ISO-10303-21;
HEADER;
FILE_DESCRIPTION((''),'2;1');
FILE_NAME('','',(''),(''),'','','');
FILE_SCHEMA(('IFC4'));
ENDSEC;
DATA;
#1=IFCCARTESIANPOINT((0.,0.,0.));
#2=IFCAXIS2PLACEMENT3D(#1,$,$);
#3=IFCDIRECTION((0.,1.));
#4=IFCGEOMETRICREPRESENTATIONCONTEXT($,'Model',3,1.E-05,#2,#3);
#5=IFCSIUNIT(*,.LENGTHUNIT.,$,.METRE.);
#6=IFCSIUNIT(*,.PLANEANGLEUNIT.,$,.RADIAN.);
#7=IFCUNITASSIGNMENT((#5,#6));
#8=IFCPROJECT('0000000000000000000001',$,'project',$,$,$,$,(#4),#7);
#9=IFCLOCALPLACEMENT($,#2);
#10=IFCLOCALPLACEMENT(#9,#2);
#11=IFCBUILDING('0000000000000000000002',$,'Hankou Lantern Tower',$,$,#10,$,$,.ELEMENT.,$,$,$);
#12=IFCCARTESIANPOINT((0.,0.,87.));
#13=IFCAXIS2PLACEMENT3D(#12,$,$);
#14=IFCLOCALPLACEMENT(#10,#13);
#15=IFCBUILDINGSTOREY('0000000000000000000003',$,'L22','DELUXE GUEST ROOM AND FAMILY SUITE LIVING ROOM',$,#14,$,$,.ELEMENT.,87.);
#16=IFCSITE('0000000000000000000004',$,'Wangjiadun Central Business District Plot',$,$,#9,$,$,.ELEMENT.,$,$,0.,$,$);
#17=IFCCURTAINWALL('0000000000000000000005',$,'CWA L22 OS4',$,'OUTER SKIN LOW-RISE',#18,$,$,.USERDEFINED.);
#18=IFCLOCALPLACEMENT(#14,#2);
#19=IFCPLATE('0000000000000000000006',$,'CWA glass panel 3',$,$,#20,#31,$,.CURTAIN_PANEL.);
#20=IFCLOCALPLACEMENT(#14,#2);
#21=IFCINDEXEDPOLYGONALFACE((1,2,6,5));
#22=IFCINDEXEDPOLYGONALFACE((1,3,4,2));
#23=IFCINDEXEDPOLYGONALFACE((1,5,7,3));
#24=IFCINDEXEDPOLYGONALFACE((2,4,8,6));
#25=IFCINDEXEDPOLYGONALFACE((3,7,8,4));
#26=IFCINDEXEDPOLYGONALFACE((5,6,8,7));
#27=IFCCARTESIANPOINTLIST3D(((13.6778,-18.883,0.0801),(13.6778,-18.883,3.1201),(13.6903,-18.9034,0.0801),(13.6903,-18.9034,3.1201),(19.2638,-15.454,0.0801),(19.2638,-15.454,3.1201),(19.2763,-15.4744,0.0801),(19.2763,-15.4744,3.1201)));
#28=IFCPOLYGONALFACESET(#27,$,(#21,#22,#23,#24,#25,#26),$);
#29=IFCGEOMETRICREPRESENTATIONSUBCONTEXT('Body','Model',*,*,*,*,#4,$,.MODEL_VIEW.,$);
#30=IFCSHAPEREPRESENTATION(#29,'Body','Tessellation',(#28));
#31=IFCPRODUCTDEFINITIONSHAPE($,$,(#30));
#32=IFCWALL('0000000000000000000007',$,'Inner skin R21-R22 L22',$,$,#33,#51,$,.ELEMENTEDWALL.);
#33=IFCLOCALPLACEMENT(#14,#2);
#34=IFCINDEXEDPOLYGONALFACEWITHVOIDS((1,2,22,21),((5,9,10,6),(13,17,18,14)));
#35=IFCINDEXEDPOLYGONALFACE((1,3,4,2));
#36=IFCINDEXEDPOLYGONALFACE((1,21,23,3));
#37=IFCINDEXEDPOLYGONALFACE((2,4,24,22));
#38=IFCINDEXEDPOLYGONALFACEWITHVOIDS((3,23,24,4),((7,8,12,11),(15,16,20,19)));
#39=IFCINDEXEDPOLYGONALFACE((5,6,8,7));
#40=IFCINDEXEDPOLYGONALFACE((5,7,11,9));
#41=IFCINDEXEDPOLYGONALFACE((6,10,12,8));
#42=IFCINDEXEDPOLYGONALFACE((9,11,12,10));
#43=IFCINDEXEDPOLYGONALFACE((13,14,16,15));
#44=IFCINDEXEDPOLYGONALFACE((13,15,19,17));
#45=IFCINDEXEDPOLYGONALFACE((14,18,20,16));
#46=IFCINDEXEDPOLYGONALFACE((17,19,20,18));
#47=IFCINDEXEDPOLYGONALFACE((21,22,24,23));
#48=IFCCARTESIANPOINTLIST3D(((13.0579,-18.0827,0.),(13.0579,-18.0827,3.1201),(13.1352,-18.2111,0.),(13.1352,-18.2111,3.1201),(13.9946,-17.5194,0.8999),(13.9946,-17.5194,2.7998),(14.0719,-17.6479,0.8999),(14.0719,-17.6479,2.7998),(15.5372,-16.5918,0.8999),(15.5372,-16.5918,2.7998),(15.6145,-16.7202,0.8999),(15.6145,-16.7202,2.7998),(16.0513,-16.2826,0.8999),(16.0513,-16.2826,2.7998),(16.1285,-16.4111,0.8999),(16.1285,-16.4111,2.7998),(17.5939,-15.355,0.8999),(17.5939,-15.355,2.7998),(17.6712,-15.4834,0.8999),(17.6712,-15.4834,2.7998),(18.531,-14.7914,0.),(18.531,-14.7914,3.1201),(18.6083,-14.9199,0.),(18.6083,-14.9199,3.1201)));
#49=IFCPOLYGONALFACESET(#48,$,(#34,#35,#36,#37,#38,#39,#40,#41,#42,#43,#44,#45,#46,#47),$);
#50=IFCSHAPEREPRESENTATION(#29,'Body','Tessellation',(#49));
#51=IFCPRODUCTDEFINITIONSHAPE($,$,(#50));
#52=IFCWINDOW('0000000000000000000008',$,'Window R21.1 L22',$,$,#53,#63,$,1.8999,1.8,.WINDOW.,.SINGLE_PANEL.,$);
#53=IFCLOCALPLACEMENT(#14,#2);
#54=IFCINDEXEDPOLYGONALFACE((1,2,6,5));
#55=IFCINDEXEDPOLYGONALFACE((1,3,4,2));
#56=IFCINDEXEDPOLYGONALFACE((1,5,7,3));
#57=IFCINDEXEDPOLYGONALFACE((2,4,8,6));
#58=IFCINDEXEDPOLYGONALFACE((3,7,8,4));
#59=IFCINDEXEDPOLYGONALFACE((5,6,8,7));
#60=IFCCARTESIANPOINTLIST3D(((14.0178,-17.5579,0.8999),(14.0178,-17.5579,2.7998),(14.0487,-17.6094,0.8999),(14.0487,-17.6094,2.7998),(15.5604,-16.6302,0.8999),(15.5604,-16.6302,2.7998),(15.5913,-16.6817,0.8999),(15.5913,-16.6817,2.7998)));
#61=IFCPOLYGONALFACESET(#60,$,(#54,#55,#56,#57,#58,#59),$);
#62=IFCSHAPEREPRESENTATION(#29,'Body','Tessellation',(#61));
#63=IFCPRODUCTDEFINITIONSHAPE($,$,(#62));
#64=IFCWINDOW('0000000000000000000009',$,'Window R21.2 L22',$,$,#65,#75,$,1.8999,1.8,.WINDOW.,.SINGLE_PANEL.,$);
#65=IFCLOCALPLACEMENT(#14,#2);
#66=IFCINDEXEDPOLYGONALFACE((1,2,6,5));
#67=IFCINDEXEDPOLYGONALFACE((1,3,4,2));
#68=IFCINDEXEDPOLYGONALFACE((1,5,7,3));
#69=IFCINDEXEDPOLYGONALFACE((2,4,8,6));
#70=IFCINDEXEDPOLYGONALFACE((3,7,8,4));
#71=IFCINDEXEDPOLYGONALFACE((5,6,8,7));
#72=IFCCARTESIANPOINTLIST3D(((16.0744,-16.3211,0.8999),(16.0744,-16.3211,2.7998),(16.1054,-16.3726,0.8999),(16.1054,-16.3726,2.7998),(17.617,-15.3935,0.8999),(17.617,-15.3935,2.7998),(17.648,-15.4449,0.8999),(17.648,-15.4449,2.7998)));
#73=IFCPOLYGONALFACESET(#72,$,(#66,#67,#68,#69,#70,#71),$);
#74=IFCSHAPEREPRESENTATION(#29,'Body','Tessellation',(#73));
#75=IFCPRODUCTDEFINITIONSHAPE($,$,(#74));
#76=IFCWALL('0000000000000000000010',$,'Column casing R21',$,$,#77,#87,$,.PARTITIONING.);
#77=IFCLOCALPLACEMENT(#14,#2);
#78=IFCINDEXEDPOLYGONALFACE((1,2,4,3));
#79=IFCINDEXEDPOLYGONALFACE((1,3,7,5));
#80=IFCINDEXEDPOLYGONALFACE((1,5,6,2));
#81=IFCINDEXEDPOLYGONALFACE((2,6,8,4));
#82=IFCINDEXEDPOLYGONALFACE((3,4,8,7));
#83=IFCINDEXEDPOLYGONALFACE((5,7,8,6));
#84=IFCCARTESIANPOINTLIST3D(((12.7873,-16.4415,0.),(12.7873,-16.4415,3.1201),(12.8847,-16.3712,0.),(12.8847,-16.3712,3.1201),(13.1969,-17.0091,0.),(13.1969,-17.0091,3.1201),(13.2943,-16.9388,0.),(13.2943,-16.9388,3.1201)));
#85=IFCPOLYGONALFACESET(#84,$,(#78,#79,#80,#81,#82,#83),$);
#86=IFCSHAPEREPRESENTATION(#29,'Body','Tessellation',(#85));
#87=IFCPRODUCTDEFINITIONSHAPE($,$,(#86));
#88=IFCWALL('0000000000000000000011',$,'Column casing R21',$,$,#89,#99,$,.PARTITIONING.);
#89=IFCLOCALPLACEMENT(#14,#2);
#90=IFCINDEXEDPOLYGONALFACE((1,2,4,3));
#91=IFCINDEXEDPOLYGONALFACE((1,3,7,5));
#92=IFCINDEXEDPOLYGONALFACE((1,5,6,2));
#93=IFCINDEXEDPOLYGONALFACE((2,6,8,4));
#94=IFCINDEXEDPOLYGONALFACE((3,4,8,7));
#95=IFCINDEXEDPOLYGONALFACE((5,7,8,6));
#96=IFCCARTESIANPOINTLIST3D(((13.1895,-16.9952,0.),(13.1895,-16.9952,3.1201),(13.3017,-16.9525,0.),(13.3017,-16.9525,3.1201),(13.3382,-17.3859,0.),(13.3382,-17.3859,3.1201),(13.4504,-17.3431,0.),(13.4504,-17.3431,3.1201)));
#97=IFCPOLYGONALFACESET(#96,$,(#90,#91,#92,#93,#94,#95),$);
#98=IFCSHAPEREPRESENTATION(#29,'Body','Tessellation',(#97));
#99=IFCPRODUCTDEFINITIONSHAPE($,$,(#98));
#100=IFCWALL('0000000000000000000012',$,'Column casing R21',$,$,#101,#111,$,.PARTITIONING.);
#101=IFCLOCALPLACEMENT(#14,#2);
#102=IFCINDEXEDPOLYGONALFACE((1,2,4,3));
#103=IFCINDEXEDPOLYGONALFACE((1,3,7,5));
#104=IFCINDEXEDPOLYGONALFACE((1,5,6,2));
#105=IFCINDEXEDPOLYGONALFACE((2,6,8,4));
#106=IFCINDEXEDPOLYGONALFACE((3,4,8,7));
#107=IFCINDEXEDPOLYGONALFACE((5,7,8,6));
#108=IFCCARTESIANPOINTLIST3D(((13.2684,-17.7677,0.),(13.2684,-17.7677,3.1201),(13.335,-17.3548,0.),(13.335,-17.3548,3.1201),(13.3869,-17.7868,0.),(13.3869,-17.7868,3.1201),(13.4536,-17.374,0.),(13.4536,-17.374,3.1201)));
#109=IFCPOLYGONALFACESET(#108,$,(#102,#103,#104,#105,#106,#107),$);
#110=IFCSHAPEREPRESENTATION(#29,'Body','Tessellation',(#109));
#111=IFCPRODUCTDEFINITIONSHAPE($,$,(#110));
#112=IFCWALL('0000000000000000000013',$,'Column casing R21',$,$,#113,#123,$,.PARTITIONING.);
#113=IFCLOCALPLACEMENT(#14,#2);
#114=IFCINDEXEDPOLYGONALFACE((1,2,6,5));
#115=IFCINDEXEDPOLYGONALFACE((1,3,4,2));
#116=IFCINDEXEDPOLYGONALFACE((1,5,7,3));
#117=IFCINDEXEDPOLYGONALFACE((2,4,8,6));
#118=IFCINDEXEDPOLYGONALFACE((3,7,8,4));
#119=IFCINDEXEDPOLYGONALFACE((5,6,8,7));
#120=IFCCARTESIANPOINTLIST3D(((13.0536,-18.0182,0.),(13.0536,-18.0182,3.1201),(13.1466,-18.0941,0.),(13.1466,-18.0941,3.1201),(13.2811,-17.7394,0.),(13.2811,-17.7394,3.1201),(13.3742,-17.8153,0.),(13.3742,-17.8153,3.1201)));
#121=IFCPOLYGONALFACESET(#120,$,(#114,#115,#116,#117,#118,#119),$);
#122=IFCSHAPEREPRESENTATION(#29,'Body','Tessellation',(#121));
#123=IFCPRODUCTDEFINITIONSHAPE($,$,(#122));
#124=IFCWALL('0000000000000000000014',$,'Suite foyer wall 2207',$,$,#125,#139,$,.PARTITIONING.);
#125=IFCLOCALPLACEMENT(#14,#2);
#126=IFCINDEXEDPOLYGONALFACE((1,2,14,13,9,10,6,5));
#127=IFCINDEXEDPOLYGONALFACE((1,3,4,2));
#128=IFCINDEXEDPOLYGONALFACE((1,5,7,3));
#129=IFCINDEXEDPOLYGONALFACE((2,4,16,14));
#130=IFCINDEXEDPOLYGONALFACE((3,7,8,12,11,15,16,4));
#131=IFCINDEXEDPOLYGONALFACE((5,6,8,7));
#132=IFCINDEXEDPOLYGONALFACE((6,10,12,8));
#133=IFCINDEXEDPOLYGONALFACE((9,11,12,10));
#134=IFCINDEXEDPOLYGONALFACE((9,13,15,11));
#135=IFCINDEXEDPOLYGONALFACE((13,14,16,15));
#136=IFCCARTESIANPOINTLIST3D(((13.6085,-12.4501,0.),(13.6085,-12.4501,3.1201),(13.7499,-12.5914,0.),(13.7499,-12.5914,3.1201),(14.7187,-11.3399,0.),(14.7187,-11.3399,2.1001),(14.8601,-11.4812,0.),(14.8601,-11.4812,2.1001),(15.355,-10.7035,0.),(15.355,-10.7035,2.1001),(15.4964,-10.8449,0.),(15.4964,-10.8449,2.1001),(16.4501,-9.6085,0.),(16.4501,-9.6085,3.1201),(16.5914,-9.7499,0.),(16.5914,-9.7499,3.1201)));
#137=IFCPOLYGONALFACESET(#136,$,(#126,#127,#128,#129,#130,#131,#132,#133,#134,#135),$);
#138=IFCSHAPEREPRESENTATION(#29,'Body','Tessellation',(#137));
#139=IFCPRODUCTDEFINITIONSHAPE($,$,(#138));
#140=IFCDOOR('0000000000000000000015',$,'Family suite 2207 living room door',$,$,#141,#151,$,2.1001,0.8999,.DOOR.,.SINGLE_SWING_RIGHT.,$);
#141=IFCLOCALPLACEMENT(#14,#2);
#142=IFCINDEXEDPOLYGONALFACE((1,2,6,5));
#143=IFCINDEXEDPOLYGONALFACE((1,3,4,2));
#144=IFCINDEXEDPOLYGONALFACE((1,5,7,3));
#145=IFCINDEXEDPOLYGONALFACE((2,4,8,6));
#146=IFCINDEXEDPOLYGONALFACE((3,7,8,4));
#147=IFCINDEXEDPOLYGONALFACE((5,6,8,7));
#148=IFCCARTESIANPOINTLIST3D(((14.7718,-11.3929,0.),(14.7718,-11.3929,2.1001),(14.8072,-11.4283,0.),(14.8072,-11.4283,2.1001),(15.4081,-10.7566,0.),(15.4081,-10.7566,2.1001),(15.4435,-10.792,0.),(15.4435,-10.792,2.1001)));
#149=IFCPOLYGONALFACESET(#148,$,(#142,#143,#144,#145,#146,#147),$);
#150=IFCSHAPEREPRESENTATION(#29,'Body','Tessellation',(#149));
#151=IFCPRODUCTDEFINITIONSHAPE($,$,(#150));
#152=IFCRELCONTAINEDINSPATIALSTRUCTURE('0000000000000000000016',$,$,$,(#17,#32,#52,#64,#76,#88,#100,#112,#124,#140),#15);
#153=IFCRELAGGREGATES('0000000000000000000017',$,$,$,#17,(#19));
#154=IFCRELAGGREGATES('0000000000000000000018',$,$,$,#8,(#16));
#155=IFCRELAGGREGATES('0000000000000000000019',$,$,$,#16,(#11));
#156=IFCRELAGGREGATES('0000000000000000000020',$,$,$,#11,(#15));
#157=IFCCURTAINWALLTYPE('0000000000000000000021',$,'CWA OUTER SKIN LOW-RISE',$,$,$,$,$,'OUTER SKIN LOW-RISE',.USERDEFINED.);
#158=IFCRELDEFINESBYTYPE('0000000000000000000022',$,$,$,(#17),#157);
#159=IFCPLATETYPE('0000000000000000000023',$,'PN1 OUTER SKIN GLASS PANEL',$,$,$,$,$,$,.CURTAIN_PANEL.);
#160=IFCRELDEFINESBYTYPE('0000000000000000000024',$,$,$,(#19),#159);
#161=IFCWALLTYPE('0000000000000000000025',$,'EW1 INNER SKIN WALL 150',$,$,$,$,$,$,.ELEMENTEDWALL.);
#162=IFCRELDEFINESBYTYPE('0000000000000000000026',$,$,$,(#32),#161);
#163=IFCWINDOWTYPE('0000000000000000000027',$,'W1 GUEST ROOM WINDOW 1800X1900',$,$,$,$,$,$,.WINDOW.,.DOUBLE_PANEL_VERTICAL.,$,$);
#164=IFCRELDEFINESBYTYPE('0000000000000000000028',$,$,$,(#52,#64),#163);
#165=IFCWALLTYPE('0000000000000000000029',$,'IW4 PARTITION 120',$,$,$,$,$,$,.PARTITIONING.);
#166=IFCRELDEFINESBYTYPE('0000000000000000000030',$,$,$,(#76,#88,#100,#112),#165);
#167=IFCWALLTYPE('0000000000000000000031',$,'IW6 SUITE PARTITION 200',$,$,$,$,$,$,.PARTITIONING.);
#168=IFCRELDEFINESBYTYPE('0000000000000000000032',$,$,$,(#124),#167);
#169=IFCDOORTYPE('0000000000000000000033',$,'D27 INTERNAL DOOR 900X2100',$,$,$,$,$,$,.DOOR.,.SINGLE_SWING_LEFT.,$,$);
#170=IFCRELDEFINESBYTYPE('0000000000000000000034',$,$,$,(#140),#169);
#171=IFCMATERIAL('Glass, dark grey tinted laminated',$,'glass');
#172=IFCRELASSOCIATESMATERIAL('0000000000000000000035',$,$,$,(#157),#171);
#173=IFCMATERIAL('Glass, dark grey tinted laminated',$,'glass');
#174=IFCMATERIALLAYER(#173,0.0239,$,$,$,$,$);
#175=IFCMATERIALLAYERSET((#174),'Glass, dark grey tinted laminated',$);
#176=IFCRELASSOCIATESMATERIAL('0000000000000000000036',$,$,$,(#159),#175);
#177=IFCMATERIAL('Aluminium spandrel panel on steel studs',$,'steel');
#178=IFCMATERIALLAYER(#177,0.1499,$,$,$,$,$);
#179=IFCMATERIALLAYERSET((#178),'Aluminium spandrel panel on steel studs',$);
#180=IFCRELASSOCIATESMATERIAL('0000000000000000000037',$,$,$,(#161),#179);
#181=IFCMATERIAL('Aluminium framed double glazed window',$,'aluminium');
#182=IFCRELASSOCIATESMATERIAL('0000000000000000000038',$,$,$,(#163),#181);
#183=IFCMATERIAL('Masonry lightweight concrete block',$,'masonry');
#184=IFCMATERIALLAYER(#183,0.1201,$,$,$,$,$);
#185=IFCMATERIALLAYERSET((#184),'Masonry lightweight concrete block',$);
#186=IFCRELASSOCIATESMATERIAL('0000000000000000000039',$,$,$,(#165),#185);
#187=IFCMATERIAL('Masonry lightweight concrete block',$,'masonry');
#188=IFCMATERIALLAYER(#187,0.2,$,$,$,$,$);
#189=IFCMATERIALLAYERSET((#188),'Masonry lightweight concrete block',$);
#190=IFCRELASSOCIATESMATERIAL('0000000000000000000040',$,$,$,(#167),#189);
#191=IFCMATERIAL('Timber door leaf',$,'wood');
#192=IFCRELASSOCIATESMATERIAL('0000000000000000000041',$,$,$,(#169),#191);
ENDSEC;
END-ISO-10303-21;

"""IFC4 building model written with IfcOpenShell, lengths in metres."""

from ifc_helpers import new_model, si_unit, direction, frame, frame_2d, origin, origin_2d, place, context, subcontext, project, spatial, rectangle, extrude, material, layer, layer_set, type_object, element, fill, aggregate, save


model = new_model("IFC4")

# Units and contexts
model_context = context("Model", 3, precision=1e-05, world=origin(), true_north=direction((0.0, 1.0)))
body_context = subcontext(model_context, "Body", "Model", "MODEL_VIEW")
ifc_project = project(units=[si_unit("LENGTHUNIT", "METRE"), si_unit("PLANEANGLEUNIT", "RADIAN")], contexts=[model_context])

# Site, building, storey
site_placement = place(None, origin())
site = spatial("IfcSite", under=ifc_project, at=site_placement, Name="Wangjiadun Central Business District Plot", CompositionType="ELEMENT", RefElevation=0.0)
building_placement = place(site_placement, origin())
building = spatial("IfcBuilding", under=site, at=building_placement, Name="Hankou Lantern Tower", CompositionType="ELEMENT")
storey_placement = place(building_placement, frame((0.0, 0.0, 87.0)))
storey = spatial("IfcBuildingStorey", under=building, at=storey_placement, Name="L22", Description="DELUXE GUEST ROOM AND FAMILY SUITE LIVING ROOM", CompositionType="ELEMENT", Elevation=87.0)

# Curtain wall
ifc_material_1 = material(Name="Glass, dark grey tinted laminated", Category="glass")
curtain_wall_type = type_object("IfcCurtainWallType", Name="CWA OUTER SKIN LOW-RISE", ElementType="OUTER SKIN LOW-RISE", PredefinedType="USERDEFINED", material=ifc_material_1)
curtain_wall_placement = place(storey_placement, origin())
curtain_wall = element("IfcCurtainWall", 1, at=curtain_wall_placement, inside=storey, type_object=curtain_wall_type, Name="CWA L22 OS4", ObjectType="OUTER SKIN LOW-RISE", PredefinedType="USERDEFINED")

# Plate
ifc_material_2 = material(Name="Glass, dark grey tinted laminated", Category="glass")
ifc_layer_1 = layer(ifc_material_2, 0.0239)
ifc_layer_set_1 = layer_set([ifc_layer_1], Name="Glass, dark grey tinted laminated")
plate_type = type_object("IfcPlateType", Name="PN1 OUTER SKIN GLASS PANEL", PredefinedType="CURTAIN_PANEL", material=ifc_layer_set_1)
plate_placement = place(storey_placement, frame((16.4771, -17.1787, 0.0801), z_axis=(0.0, 0.0, 1.0), x_axis=(0.852237, 0.523156, 0.0)))
plate = element("IfcPlate", 2, at=plate_placement, type_object=plate_type, Name="CWA glass panel 3", PredefinedType="CURTAIN_PANEL", context=body_context, shape_type="SweptSolid", body=[
    extrude(rectangle(XDim=6.5544, YDim=0.0239, at=origin_2d()), origin(), (0.0, 0.0, 1.0), 3.04),
])
aggregate(curtain_wall, [plate])

# Wall, openings, windows
ifc_material_3 = material(Name="Aluminium spandrel panel on steel studs", Category="steel")
ifc_layer_2 = layer(ifc_material_3, 0.1499)
ifc_layer_set_2 = layer_set([ifc_layer_2], Name="Aluminium spandrel panel on steel studs")
wall_type_1 = type_object("IfcWallType", Name="EW1 INNER SKIN WALL 150", PredefinedType="ELEMENTEDWALL", material=ifc_layer_set_2)
wall_1_placement = place(storey_placement, frame((13.0964, -18.147, 0.0), z_axis=(0.0, 0.0, 1.0), x_axis=(0.856983, 0.515344, 0.0)))
wall_1 = element("IfcWall", 3, at=wall_1_placement, inside=storey, type_object=wall_type_1, Name="Inner skin R21-R22 L22", PredefinedType="ELEMENTEDWALL", context=body_context, shape_type="SweptSolid", body=[
    extrude(rectangle(XDim=6.3865, YDim=0.1499, at=frame_2d((3.1934, 0.0))), origin(), (0.0, 0.0, 1.0), 3.1201),
])
opening_1_placement = place(wall_1_placement, frame((1.0933, 0.0, 0.8999)))
opening_1 = element("IfcOpeningElement", 4, at=opening_1_placement, cuts=wall_1, PredefinedType="OPENING", context=body_context, shape_type="SweptSolid", body=[
    extrude(rectangle(XDim=1.8, YDim=1.8999, at=frame_2d((0.8999, 0.95))), frame((0.0, 0.085, 0.0), z_axis=(0.0, -1.0, 0.0), x_axis=(1.0, 0.0, 0.0)), (0.0, 0.0, 1.0), 0.1699),
])
opening_2_placement = place(wall_1_placement, frame((3.4932, 0.0, 0.8999)))
opening_2 = element("IfcOpeningElement", 5, at=opening_2_placement, cuts=wall_1, PredefinedType="OPENING", context=body_context, shape_type="SweptSolid", body=[
    extrude(rectangle(XDim=1.8, YDim=1.8999, at=frame_2d((0.8999, 0.95))), frame((0.0, 0.085, 0.0), z_axis=(0.0, -1.0, 0.0), x_axis=(1.0, 0.0, 0.0)), (0.0, 0.0, 1.0), 0.1699),
])
ifc_material_4 = material(Name="Aluminium framed double glazed window", Category="aluminium")
window_type = type_object("IfcWindowType", Name="W1 GUEST ROOM WINDOW 1800X1900", PartitioningType="DOUBLE_PANEL_VERTICAL", PredefinedType="WINDOW", material=ifc_material_4)
window_1_placement = place(opening_1_placement, origin())
window_1 = element("IfcWindow", 6, at=window_1_placement, inside=storey, type_object=window_type, Name="Window R21.1 L22", OverallHeight=1.8999, OverallWidth=1.8, PartitioningType="SINGLE_PANEL", PredefinedType="WINDOW", context=body_context, shape_type="SweptSolid", body=[
    extrude(rectangle(XDim=1.8, YDim=1.8999, at=frame_2d((0.8999, 0.95))), frame((0.0, 0.03, 0.0), z_axis=(0.0, -1.0, 0.0), x_axis=(1.0, 0.0, 0.0)), (0.0, 0.0, 1.0), 0.0601),
])
fill(opening_1, window_1)
window_2_placement = place(opening_2_placement, origin())
window_2 = element("IfcWindow", 7, at=window_2_placement, inside=storey, type_object=window_type, Name="Window R21.2 L22", OverallHeight=1.8999, OverallWidth=1.8, PartitioningType="SINGLE_PANEL", PredefinedType="WINDOW", context=body_context, shape_type="SweptSolid", body=[
    extrude(rectangle(XDim=1.8, YDim=1.8999, at=frame_2d((0.8999, 0.95))), frame((0.0, 0.03, 0.0), z_axis=(0.0, -1.0, 0.0), x_axis=(1.0, 0.0, 0.0)), (0.0, 0.0, 1.0), 0.0601),
])
fill(opening_2, window_2)

# Walls
ifc_material_5 = material(Name="Masonry lightweight concrete block", Category="masonry")
ifc_layer_3 = layer(ifc_material_5, 0.1201)
ifc_layer_set_3 = layer_set([ifc_layer_3], Name="Masonry lightweight concrete block")
wall_type_2 = type_object("IfcWallType", Name="IW4 PARTITION 120", PredefinedType="PARTITIONING", material=ifc_layer_set_3)
wall_2_placement = place(storey_placement, frame((12.8359, -16.4062, 0.0), z_axis=(0.0, 0.0, 1.0), x_axis=(0.585223, -0.810872, 0.0)))
element("IfcWall", 8, at=wall_2_placement, inside=storey, type_object=wall_type_2, Name="Column casing R21", PredefinedType="PARTITIONING", context=body_context, shape_type="SweptSolid", body=[
    extrude(rectangle(XDim=0.7, YDim=0.1201, at=frame_2d((0.3501, 0.0))), origin(), (0.0, 0.0, 1.0), 3.1201),
])
wall_3_placement = place(storey_placement, frame((13.2456, -16.9739, 0.0), z_axis=(0.0, 0.0, 1.0), x_axis=(0.355728, -0.934589, 0.0)))
element("IfcWall", 9, at=wall_3_placement, inside=storey, type_object=wall_type_2, Name="Column casing R21", PredefinedType="PARTITIONING", context=body_context, shape_type="SweptSolid", body=[
    extrude(rectangle(XDim=0.418, YDim=0.1201, at=frame_2d((0.209, 0.0))), origin(), (0.0, 0.0, 1.0), 3.1201),
])
wall_4_placement = place(storey_placement, frame((13.3943, -17.3645, 0.0), z_axis=(0.0, 0.0, 1.0), x_axis=(-0.159379, -0.987217, 0.0)))
element("IfcWall", 10, at=wall_4_placement, inside=storey, type_object=wall_type_2, Name="Column casing R21", PredefinedType="PARTITIONING", context=body_context, shape_type="SweptSolid", body=[
    extrude(rectangle(XDim=0.4182, YDim=0.1201, at=frame_2d((0.209, 0.0))), origin(), (0.0, 0.0, 1.0), 3.1201),
])
wall_5_placement = place(storey_placement, frame((13.3276, -17.7773, 0.0), z_axis=(0.0, 0.0, 1.0), x_axis=(-0.632277, -0.774743, 0.0)))
element("IfcWall", 11, at=wall_5_placement, inside=storey, type_object=wall_type_2, Name="Column casing R21", PredefinedType="PARTITIONING", context=body_context, shape_type="SweptSolid", body=[
    extrude(rectangle(XDim=0.3599, YDim=0.1201, at=frame_2d((0.1799, 0.0))), origin(), (0.0, 0.0, 1.0), 3.1201),
])

# Wall, opening, door
ifc_material_6 = material(Name="Masonry lightweight concrete block", Category="masonry")
ifc_layer_4 = layer(ifc_material_6, 0.2)
ifc_layer_set_4 = layer_set([ifc_layer_4], Name="Masonry lightweight concrete block")
wall_type_3 = type_object("IfcWallType", Name="IW6 SUITE PARTITION 200", PredefinedType="PARTITIONING", material=ifc_layer_set_4)
wall_6_placement = place(storey_placement, frame((13.6792, -12.5208, 0.0), z_axis=(0.0, 0.0, 1.0), x_axis=(0.707107, 0.707107, 0.0)))
wall_6 = element("IfcWall", 12, at=wall_6_placement, inside=storey, type_object=wall_type_3, Name="Suite foyer wall 2207", PredefinedType="PARTITIONING", context=body_context, shape_type="SweptSolid", body=[
    extrude(rectangle(XDim=4.0186, YDim=0.2, at=frame_2d((2.0093, 0.0))), origin(), (0.0, 0.0, 1.0), 3.1201),
])
opening_3_placement = place(wall_6_placement, frame((1.5701, 0.0, 0.0)))
opening_3 = element("IfcOpeningElement", 13, at=opening_3_placement, cuts=wall_6, PredefinedType="OPENING", context=body_context, shape_type="SweptSolid", body=[
    extrude(rectangle(XDim=0.8999, YDim=2.1001, at=frame_2d((0.45, 1.05))), frame((0.0, 0.1099, 0.0), z_axis=(0.0, -1.0, 0.0), x_axis=(1.0, 0.0, 0.0)), (0.0, 0.0, 1.0), 0.22),
])
ifc_material_7 = material(Name="Timber door leaf", Category="wood")
door_type = type_object("IfcDoorType", Name="D27 INTERNAL DOOR 900X2100", OperationType="SINGLE_SWING_LEFT", PredefinedType="DOOR", material=ifc_material_7)
door_1_placement = place(opening_3_placement, origin())
door_1 = element("IfcDoor", 14, at=door_1_placement, inside=storey, type_object=door_type, Name="Family suite 2207 living room door", OperationType="SINGLE_SWING_RIGHT", OverallHeight=2.1001, OverallWidth=0.8999, PredefinedType="DOOR", context=body_context, shape_type="SweptSolid", body=[
    extrude(rectangle(XDim=0.8999, YDim=2.1001, at=frame_2d((0.45, 1.05))), frame((0.0, 0.0249, 0.0), z_axis=(0.0, -1.0, 0.0), x_axis=(1.0, 0.0, 0.0)), (0.0, 0.0, 1.0), 0.05),
])
fill(opening_3, door_1)

save(model, "model.ifc")
